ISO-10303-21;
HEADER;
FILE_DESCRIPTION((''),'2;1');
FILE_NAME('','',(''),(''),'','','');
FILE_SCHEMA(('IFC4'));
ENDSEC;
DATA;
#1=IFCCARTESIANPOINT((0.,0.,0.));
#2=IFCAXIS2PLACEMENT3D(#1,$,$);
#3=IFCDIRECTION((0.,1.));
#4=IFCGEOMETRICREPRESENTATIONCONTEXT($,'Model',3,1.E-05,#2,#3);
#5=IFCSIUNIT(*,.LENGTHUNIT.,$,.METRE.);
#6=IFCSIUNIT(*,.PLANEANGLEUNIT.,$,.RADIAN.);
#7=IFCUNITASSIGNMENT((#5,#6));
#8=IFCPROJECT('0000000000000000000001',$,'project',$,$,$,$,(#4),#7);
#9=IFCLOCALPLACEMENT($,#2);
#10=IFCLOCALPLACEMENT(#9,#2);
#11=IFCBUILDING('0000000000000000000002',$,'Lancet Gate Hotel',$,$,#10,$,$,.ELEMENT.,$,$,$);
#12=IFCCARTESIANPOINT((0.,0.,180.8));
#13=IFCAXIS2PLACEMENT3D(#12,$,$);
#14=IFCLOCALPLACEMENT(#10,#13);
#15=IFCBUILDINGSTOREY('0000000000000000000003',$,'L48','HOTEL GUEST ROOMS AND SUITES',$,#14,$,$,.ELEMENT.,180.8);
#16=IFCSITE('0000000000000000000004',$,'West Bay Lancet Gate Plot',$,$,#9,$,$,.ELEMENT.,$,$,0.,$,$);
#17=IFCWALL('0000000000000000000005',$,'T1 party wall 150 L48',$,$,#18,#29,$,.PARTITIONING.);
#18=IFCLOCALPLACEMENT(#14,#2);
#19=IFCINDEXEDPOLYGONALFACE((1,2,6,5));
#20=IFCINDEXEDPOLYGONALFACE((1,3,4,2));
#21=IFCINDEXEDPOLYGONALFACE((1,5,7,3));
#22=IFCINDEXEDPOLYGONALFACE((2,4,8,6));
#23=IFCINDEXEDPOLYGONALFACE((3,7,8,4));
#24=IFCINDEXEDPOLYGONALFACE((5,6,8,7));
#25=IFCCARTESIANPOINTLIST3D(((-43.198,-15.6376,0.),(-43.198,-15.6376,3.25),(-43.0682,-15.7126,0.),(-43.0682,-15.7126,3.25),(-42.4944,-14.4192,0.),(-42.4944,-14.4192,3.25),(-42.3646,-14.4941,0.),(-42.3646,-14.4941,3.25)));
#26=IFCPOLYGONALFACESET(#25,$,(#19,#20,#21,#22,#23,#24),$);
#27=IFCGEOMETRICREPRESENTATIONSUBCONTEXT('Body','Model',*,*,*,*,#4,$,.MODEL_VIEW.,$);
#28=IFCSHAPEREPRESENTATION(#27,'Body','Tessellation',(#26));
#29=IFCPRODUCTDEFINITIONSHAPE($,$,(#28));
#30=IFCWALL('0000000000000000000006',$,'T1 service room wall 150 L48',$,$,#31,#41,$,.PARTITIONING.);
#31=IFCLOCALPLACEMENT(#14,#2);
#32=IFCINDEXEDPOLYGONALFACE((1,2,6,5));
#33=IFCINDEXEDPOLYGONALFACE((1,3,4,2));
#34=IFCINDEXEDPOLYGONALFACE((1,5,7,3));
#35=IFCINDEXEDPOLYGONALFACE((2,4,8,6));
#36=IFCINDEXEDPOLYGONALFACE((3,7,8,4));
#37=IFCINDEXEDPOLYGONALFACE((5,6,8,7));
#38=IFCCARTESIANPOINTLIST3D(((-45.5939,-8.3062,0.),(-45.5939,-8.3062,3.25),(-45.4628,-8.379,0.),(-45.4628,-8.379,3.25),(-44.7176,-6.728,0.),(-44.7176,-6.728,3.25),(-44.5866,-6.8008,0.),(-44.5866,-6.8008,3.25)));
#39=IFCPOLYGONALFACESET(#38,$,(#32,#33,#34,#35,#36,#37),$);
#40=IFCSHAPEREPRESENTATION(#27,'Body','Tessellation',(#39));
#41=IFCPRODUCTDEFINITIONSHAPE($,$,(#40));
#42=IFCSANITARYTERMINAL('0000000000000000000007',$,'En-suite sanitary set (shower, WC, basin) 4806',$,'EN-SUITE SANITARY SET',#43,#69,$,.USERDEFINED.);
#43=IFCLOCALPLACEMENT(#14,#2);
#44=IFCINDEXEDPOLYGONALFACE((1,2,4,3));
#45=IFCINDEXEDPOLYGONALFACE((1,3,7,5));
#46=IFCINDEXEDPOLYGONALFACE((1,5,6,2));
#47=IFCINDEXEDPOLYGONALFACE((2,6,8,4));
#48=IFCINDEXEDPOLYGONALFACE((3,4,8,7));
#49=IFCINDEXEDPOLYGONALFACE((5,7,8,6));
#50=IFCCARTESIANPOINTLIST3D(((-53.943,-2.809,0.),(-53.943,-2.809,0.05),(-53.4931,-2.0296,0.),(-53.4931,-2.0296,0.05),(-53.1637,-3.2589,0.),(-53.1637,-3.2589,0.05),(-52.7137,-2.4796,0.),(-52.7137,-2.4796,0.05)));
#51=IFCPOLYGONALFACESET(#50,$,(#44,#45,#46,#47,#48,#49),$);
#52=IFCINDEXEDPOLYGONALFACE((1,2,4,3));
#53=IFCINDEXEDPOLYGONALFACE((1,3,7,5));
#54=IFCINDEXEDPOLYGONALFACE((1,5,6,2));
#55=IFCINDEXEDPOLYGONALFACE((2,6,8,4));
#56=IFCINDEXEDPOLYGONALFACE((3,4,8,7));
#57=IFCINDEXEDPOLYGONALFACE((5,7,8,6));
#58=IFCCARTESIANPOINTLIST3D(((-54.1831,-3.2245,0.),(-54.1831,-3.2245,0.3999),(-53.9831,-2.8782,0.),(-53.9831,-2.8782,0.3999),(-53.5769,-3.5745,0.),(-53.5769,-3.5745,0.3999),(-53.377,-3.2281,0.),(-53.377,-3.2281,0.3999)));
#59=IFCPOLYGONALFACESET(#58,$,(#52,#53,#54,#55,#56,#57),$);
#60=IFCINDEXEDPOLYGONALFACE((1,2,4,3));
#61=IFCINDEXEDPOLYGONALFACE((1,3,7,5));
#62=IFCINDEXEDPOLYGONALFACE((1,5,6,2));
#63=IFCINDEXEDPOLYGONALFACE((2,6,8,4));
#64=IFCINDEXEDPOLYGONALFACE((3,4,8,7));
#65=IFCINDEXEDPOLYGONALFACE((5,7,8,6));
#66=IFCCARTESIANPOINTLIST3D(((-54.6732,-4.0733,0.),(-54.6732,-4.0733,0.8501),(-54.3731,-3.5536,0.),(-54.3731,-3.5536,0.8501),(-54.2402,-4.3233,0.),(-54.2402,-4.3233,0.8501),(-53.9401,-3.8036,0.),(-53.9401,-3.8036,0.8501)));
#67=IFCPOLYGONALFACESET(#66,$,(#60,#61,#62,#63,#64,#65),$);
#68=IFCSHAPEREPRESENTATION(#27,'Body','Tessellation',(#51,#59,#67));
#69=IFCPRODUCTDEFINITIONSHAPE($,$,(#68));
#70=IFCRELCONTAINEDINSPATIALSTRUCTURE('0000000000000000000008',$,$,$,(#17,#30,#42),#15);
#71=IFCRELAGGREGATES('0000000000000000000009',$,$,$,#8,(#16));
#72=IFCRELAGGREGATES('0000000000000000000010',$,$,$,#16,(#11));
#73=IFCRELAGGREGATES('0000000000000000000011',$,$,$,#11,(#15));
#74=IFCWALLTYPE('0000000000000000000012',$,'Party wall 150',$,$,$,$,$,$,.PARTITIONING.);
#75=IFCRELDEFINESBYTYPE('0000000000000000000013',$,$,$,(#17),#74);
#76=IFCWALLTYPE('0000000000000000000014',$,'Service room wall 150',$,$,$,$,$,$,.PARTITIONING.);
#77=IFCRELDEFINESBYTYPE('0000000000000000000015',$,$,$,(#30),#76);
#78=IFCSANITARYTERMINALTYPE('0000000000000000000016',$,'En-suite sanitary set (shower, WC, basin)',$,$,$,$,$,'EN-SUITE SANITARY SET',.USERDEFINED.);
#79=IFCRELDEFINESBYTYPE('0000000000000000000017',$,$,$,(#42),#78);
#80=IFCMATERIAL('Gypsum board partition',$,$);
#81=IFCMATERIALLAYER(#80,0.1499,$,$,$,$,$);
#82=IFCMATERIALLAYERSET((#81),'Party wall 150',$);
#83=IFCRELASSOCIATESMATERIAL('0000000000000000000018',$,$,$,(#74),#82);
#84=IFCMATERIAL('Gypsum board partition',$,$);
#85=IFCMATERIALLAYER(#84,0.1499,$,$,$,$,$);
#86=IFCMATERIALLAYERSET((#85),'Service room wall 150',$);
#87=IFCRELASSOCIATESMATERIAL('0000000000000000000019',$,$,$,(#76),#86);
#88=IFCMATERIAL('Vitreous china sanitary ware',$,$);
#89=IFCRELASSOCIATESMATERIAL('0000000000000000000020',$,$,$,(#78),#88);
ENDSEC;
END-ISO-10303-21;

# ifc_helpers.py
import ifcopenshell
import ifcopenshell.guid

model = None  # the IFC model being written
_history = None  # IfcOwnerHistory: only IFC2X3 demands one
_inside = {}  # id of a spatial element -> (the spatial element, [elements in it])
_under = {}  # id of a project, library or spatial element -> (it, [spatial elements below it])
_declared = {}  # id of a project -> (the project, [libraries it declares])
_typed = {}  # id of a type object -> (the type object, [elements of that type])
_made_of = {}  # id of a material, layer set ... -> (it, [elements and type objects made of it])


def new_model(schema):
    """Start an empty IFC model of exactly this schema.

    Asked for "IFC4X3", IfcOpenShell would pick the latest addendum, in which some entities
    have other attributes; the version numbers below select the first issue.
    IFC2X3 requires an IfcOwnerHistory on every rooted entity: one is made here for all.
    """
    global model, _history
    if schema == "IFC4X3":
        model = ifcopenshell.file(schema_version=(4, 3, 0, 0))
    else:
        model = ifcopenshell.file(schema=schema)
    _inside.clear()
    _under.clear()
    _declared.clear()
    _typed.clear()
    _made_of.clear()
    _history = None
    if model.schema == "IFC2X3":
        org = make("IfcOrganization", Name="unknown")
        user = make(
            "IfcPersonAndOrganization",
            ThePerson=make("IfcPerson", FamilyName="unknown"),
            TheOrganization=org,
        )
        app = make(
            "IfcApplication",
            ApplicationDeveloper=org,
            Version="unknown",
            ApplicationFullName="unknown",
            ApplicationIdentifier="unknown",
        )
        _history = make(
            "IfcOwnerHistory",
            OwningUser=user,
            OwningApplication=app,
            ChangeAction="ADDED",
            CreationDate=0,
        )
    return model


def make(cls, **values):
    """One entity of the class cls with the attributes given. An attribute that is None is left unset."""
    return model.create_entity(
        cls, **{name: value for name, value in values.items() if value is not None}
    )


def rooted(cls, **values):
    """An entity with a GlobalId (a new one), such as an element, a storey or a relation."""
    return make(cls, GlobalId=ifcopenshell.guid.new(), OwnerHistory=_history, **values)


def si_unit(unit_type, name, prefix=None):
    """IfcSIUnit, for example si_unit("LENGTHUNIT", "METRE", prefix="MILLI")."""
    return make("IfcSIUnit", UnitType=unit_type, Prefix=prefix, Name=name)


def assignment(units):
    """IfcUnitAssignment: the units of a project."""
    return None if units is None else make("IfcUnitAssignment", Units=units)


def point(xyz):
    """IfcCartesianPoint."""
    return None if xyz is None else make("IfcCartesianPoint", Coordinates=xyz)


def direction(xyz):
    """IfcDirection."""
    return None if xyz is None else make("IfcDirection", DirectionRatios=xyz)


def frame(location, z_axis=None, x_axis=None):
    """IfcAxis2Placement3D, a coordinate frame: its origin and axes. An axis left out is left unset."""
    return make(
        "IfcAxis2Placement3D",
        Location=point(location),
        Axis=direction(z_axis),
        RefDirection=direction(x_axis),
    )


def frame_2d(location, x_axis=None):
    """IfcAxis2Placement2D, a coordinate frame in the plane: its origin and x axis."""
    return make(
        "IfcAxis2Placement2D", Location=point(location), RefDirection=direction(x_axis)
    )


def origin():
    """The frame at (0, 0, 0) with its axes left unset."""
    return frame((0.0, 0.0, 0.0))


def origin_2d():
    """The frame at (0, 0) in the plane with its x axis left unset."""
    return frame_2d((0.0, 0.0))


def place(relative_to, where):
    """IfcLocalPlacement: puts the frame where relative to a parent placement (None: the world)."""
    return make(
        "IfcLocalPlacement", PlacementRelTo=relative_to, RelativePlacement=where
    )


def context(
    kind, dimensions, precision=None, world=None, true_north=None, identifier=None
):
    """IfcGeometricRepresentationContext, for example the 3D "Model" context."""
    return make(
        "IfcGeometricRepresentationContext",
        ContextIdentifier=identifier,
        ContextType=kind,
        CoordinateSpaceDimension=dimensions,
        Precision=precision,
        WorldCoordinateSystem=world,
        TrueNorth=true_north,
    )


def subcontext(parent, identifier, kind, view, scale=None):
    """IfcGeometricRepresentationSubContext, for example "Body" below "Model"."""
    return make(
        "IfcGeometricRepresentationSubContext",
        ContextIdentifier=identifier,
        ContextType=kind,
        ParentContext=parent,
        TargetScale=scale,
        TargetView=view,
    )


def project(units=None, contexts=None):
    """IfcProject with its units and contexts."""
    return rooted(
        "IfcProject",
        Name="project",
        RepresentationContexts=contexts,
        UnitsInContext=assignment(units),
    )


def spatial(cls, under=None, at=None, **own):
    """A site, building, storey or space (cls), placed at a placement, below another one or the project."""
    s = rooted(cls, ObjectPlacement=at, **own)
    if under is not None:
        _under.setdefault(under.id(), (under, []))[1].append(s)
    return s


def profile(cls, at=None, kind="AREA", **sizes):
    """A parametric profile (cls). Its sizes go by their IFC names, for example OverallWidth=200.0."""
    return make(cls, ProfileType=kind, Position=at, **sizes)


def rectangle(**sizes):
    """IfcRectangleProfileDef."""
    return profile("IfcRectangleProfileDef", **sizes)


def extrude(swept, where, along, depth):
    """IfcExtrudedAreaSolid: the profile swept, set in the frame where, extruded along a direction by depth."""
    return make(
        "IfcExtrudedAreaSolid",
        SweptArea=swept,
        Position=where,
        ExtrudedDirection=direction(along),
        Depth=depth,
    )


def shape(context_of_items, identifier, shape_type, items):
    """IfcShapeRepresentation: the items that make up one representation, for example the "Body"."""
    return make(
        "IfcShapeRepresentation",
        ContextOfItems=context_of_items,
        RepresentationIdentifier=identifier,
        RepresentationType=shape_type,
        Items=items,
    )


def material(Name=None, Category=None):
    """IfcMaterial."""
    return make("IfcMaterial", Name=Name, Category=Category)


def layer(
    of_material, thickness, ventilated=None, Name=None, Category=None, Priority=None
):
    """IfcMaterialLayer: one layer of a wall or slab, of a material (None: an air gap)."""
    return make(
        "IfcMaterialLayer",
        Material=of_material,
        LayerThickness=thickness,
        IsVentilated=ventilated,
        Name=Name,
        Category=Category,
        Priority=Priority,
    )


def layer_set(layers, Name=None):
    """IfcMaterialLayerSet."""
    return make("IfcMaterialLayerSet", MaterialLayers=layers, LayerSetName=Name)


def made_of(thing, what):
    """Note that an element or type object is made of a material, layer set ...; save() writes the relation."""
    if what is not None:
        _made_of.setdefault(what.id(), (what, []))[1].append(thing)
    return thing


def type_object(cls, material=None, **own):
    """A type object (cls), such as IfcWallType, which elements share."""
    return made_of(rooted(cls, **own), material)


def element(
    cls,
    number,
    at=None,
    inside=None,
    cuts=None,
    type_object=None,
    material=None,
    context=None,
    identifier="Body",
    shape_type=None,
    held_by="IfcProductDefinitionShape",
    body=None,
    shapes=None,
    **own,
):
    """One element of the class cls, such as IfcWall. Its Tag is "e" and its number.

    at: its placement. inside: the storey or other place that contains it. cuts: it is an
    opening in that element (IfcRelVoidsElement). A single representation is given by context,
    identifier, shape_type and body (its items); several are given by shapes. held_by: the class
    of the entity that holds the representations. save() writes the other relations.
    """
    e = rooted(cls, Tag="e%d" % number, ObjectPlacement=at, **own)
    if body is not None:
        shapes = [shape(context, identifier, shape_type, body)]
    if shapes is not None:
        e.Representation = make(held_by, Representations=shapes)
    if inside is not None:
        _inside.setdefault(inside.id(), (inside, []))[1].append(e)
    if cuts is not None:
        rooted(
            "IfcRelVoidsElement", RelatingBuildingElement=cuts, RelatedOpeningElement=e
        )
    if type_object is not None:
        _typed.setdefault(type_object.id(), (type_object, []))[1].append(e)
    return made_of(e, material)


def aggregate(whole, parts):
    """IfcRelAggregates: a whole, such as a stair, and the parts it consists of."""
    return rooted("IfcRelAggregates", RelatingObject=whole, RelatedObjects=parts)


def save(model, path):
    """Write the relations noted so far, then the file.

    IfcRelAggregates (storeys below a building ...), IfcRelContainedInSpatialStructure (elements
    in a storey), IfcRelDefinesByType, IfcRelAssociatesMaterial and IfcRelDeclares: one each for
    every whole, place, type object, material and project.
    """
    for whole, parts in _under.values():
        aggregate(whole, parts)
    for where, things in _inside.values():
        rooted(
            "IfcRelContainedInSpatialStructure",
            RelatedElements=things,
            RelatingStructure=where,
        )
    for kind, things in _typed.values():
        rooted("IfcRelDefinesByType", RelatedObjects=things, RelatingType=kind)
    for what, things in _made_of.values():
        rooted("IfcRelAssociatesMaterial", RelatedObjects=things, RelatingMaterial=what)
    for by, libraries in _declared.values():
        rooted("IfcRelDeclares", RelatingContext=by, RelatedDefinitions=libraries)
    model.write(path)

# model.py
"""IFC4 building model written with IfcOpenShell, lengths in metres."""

from ifc_helpers import new_model, si_unit, direction, frame, frame_2d, origin, origin_2d, place, context, subcontext, project, spatial, rectangle, extrude, material, layer, layer_set, type_object, element, save


model = new_model("IFC4")

# Units and contexts
model_context = context("Model", 3, precision=1e-05, world=origin(), true_north=direction((0.0, 1.0)))
body_context = subcontext(model_context, "Body", "Model", "MODEL_VIEW")
ifc_project = project(units=[si_unit("LENGTHUNIT", "METRE"), si_unit("PLANEANGLEUNIT", "RADIAN")], contexts=[model_context])

# Site, building, storey
site_placement = place(None, origin())
site = spatial("IfcSite", under=ifc_project, at=site_placement, Name="West Bay Lancet Gate Plot", CompositionType="ELEMENT", RefElevation=0.0)
building_placement = place(site_placement, origin())
building = spatial("IfcBuilding", under=site, at=building_placement, Name="Lancet Gate Hotel", CompositionType="ELEMENT")
storey_placement = place(building_placement, frame((0.0, 0.0, 180.8)))
storey = spatial("IfcBuildingStorey", under=building, at=storey_placement, Name="L48", Description="HOTEL GUEST ROOMS AND SUITES", CompositionType="ELEMENT", Elevation=180.8)

# Walls
ifc_material_1 = material(Name="Gypsum board partition")
ifc_layer_1 = layer(ifc_material_1, 0.1499)
ifc_layer_set_1 = layer_set([ifc_layer_1], Name="Party wall 150")
wall_type_1 = type_object("IfcWallType", Name="Party wall 150", PredefinedType="PARTITIONING", material=ifc_layer_set_1)
wall_1_placement = place(storey_placement, frame((-42.4294, -14.4565, 0.0), z_axis=(0.0, 0.0, 1.0), x_axis=(-0.500058, -0.865992, 0.0)))
element("IfcWall", 1, at=wall_1_placement, inside=storey, type_object=wall_type_1, Name="T1 party wall 150 L48", PredefinedType="PARTITIONING", context=body_context, shape_type="SweptSolid", body=[
    extrude(rectangle(XDim=1.407, YDim=0.1499, at=frame_2d((0.7036, 0.0))), origin(), (0.0, 0.0, 1.0), 3.25),
])
ifc_material_2 = material(Name="Gypsum board partition")
ifc_layer_2 = layer(ifc_material_2, 0.1499)
ifc_layer_set_2 = layer_set([ifc_layer_2], Name="Service room wall 150")
wall_type_2 = type_object("IfcWallType", Name="Service room wall 150", PredefinedType="PARTITIONING", material=ifc_layer_set_2)
wall_2_placement = place(storey_placement, frame((-44.6521, -6.7644, 0.0), z_axis=(0.0, 0.0, 1.0), x_axis=(-0.485425, -0.874278, 0.0)))
element("IfcWall", 2, at=wall_2_placement, inside=storey, type_object=wall_type_2, Name="T1 service room wall 150 L48", PredefinedType="PARTITIONING", context=body_context, shape_type="SweptSolid", body=[
    extrude(rectangle(XDim=1.8052, YDim=0.1499, at=frame_2d((0.9026, 0.0))), origin(), (0.0, 0.0, 1.0), 3.25),
])

# Sanitary terminal
ifc_material_3 = material(Name="Vitreous china sanitary ware")
sanitary_terminal_type = type_object("IfcSanitaryTerminalType", Name="En-suite sanitary set (shower, WC, basin)", ElementType="EN-SUITE SANITARY SET", PredefinedType="USERDEFINED", material=ifc_material_3)
sanitary_terminal_placement = place(storey_placement, frame((-53.3284, -2.6443, 0.0), z_axis=(0.0, 0.0, 1.0), x_axis=(1.0, 0.0, 0.0)))
element("IfcSanitaryTerminal", 3, at=sanitary_terminal_placement, inside=storey, type_object=sanitary_terminal_type, Name="En-suite sanitary set (shower, WC, basin) 4806", ObjectType="EN-SUITE SANITARY SET", PredefinedType="USERDEFINED", context=body_context, shape_type="SweptSolid", body=[
    extrude(rectangle(XDim=0.8999, YDim=0.8999, at=origin_2d()), frame((0.0, 0.0, 0.0), z_axis=(0.0, 0.0, 1.0), x_axis=(0.5, 0.866025, 0.0)), (0.0, 0.0, 1.0), 0.05),
    extrude(rectangle(XDim=0.3999, YDim=0.7, at=origin_2d()), frame((-0.4517, -0.582, 0.0), z_axis=(0.0, 0.0, 1.0), x_axis=(0.5, 0.866025, 0.0)), (0.0, 0.0, 1.0), 0.3999),
    extrude(rectangle(XDim=0.6001, YDim=0.5, at=origin_2d()), frame((-0.9783, -1.2942, 0.0), z_axis=(0.0, 0.0, 1.0), x_axis=(0.5, 0.866025, 0.0)), (0.0, 0.0, 1.0), 0.8501),
])

save(model, "model.ifc")
